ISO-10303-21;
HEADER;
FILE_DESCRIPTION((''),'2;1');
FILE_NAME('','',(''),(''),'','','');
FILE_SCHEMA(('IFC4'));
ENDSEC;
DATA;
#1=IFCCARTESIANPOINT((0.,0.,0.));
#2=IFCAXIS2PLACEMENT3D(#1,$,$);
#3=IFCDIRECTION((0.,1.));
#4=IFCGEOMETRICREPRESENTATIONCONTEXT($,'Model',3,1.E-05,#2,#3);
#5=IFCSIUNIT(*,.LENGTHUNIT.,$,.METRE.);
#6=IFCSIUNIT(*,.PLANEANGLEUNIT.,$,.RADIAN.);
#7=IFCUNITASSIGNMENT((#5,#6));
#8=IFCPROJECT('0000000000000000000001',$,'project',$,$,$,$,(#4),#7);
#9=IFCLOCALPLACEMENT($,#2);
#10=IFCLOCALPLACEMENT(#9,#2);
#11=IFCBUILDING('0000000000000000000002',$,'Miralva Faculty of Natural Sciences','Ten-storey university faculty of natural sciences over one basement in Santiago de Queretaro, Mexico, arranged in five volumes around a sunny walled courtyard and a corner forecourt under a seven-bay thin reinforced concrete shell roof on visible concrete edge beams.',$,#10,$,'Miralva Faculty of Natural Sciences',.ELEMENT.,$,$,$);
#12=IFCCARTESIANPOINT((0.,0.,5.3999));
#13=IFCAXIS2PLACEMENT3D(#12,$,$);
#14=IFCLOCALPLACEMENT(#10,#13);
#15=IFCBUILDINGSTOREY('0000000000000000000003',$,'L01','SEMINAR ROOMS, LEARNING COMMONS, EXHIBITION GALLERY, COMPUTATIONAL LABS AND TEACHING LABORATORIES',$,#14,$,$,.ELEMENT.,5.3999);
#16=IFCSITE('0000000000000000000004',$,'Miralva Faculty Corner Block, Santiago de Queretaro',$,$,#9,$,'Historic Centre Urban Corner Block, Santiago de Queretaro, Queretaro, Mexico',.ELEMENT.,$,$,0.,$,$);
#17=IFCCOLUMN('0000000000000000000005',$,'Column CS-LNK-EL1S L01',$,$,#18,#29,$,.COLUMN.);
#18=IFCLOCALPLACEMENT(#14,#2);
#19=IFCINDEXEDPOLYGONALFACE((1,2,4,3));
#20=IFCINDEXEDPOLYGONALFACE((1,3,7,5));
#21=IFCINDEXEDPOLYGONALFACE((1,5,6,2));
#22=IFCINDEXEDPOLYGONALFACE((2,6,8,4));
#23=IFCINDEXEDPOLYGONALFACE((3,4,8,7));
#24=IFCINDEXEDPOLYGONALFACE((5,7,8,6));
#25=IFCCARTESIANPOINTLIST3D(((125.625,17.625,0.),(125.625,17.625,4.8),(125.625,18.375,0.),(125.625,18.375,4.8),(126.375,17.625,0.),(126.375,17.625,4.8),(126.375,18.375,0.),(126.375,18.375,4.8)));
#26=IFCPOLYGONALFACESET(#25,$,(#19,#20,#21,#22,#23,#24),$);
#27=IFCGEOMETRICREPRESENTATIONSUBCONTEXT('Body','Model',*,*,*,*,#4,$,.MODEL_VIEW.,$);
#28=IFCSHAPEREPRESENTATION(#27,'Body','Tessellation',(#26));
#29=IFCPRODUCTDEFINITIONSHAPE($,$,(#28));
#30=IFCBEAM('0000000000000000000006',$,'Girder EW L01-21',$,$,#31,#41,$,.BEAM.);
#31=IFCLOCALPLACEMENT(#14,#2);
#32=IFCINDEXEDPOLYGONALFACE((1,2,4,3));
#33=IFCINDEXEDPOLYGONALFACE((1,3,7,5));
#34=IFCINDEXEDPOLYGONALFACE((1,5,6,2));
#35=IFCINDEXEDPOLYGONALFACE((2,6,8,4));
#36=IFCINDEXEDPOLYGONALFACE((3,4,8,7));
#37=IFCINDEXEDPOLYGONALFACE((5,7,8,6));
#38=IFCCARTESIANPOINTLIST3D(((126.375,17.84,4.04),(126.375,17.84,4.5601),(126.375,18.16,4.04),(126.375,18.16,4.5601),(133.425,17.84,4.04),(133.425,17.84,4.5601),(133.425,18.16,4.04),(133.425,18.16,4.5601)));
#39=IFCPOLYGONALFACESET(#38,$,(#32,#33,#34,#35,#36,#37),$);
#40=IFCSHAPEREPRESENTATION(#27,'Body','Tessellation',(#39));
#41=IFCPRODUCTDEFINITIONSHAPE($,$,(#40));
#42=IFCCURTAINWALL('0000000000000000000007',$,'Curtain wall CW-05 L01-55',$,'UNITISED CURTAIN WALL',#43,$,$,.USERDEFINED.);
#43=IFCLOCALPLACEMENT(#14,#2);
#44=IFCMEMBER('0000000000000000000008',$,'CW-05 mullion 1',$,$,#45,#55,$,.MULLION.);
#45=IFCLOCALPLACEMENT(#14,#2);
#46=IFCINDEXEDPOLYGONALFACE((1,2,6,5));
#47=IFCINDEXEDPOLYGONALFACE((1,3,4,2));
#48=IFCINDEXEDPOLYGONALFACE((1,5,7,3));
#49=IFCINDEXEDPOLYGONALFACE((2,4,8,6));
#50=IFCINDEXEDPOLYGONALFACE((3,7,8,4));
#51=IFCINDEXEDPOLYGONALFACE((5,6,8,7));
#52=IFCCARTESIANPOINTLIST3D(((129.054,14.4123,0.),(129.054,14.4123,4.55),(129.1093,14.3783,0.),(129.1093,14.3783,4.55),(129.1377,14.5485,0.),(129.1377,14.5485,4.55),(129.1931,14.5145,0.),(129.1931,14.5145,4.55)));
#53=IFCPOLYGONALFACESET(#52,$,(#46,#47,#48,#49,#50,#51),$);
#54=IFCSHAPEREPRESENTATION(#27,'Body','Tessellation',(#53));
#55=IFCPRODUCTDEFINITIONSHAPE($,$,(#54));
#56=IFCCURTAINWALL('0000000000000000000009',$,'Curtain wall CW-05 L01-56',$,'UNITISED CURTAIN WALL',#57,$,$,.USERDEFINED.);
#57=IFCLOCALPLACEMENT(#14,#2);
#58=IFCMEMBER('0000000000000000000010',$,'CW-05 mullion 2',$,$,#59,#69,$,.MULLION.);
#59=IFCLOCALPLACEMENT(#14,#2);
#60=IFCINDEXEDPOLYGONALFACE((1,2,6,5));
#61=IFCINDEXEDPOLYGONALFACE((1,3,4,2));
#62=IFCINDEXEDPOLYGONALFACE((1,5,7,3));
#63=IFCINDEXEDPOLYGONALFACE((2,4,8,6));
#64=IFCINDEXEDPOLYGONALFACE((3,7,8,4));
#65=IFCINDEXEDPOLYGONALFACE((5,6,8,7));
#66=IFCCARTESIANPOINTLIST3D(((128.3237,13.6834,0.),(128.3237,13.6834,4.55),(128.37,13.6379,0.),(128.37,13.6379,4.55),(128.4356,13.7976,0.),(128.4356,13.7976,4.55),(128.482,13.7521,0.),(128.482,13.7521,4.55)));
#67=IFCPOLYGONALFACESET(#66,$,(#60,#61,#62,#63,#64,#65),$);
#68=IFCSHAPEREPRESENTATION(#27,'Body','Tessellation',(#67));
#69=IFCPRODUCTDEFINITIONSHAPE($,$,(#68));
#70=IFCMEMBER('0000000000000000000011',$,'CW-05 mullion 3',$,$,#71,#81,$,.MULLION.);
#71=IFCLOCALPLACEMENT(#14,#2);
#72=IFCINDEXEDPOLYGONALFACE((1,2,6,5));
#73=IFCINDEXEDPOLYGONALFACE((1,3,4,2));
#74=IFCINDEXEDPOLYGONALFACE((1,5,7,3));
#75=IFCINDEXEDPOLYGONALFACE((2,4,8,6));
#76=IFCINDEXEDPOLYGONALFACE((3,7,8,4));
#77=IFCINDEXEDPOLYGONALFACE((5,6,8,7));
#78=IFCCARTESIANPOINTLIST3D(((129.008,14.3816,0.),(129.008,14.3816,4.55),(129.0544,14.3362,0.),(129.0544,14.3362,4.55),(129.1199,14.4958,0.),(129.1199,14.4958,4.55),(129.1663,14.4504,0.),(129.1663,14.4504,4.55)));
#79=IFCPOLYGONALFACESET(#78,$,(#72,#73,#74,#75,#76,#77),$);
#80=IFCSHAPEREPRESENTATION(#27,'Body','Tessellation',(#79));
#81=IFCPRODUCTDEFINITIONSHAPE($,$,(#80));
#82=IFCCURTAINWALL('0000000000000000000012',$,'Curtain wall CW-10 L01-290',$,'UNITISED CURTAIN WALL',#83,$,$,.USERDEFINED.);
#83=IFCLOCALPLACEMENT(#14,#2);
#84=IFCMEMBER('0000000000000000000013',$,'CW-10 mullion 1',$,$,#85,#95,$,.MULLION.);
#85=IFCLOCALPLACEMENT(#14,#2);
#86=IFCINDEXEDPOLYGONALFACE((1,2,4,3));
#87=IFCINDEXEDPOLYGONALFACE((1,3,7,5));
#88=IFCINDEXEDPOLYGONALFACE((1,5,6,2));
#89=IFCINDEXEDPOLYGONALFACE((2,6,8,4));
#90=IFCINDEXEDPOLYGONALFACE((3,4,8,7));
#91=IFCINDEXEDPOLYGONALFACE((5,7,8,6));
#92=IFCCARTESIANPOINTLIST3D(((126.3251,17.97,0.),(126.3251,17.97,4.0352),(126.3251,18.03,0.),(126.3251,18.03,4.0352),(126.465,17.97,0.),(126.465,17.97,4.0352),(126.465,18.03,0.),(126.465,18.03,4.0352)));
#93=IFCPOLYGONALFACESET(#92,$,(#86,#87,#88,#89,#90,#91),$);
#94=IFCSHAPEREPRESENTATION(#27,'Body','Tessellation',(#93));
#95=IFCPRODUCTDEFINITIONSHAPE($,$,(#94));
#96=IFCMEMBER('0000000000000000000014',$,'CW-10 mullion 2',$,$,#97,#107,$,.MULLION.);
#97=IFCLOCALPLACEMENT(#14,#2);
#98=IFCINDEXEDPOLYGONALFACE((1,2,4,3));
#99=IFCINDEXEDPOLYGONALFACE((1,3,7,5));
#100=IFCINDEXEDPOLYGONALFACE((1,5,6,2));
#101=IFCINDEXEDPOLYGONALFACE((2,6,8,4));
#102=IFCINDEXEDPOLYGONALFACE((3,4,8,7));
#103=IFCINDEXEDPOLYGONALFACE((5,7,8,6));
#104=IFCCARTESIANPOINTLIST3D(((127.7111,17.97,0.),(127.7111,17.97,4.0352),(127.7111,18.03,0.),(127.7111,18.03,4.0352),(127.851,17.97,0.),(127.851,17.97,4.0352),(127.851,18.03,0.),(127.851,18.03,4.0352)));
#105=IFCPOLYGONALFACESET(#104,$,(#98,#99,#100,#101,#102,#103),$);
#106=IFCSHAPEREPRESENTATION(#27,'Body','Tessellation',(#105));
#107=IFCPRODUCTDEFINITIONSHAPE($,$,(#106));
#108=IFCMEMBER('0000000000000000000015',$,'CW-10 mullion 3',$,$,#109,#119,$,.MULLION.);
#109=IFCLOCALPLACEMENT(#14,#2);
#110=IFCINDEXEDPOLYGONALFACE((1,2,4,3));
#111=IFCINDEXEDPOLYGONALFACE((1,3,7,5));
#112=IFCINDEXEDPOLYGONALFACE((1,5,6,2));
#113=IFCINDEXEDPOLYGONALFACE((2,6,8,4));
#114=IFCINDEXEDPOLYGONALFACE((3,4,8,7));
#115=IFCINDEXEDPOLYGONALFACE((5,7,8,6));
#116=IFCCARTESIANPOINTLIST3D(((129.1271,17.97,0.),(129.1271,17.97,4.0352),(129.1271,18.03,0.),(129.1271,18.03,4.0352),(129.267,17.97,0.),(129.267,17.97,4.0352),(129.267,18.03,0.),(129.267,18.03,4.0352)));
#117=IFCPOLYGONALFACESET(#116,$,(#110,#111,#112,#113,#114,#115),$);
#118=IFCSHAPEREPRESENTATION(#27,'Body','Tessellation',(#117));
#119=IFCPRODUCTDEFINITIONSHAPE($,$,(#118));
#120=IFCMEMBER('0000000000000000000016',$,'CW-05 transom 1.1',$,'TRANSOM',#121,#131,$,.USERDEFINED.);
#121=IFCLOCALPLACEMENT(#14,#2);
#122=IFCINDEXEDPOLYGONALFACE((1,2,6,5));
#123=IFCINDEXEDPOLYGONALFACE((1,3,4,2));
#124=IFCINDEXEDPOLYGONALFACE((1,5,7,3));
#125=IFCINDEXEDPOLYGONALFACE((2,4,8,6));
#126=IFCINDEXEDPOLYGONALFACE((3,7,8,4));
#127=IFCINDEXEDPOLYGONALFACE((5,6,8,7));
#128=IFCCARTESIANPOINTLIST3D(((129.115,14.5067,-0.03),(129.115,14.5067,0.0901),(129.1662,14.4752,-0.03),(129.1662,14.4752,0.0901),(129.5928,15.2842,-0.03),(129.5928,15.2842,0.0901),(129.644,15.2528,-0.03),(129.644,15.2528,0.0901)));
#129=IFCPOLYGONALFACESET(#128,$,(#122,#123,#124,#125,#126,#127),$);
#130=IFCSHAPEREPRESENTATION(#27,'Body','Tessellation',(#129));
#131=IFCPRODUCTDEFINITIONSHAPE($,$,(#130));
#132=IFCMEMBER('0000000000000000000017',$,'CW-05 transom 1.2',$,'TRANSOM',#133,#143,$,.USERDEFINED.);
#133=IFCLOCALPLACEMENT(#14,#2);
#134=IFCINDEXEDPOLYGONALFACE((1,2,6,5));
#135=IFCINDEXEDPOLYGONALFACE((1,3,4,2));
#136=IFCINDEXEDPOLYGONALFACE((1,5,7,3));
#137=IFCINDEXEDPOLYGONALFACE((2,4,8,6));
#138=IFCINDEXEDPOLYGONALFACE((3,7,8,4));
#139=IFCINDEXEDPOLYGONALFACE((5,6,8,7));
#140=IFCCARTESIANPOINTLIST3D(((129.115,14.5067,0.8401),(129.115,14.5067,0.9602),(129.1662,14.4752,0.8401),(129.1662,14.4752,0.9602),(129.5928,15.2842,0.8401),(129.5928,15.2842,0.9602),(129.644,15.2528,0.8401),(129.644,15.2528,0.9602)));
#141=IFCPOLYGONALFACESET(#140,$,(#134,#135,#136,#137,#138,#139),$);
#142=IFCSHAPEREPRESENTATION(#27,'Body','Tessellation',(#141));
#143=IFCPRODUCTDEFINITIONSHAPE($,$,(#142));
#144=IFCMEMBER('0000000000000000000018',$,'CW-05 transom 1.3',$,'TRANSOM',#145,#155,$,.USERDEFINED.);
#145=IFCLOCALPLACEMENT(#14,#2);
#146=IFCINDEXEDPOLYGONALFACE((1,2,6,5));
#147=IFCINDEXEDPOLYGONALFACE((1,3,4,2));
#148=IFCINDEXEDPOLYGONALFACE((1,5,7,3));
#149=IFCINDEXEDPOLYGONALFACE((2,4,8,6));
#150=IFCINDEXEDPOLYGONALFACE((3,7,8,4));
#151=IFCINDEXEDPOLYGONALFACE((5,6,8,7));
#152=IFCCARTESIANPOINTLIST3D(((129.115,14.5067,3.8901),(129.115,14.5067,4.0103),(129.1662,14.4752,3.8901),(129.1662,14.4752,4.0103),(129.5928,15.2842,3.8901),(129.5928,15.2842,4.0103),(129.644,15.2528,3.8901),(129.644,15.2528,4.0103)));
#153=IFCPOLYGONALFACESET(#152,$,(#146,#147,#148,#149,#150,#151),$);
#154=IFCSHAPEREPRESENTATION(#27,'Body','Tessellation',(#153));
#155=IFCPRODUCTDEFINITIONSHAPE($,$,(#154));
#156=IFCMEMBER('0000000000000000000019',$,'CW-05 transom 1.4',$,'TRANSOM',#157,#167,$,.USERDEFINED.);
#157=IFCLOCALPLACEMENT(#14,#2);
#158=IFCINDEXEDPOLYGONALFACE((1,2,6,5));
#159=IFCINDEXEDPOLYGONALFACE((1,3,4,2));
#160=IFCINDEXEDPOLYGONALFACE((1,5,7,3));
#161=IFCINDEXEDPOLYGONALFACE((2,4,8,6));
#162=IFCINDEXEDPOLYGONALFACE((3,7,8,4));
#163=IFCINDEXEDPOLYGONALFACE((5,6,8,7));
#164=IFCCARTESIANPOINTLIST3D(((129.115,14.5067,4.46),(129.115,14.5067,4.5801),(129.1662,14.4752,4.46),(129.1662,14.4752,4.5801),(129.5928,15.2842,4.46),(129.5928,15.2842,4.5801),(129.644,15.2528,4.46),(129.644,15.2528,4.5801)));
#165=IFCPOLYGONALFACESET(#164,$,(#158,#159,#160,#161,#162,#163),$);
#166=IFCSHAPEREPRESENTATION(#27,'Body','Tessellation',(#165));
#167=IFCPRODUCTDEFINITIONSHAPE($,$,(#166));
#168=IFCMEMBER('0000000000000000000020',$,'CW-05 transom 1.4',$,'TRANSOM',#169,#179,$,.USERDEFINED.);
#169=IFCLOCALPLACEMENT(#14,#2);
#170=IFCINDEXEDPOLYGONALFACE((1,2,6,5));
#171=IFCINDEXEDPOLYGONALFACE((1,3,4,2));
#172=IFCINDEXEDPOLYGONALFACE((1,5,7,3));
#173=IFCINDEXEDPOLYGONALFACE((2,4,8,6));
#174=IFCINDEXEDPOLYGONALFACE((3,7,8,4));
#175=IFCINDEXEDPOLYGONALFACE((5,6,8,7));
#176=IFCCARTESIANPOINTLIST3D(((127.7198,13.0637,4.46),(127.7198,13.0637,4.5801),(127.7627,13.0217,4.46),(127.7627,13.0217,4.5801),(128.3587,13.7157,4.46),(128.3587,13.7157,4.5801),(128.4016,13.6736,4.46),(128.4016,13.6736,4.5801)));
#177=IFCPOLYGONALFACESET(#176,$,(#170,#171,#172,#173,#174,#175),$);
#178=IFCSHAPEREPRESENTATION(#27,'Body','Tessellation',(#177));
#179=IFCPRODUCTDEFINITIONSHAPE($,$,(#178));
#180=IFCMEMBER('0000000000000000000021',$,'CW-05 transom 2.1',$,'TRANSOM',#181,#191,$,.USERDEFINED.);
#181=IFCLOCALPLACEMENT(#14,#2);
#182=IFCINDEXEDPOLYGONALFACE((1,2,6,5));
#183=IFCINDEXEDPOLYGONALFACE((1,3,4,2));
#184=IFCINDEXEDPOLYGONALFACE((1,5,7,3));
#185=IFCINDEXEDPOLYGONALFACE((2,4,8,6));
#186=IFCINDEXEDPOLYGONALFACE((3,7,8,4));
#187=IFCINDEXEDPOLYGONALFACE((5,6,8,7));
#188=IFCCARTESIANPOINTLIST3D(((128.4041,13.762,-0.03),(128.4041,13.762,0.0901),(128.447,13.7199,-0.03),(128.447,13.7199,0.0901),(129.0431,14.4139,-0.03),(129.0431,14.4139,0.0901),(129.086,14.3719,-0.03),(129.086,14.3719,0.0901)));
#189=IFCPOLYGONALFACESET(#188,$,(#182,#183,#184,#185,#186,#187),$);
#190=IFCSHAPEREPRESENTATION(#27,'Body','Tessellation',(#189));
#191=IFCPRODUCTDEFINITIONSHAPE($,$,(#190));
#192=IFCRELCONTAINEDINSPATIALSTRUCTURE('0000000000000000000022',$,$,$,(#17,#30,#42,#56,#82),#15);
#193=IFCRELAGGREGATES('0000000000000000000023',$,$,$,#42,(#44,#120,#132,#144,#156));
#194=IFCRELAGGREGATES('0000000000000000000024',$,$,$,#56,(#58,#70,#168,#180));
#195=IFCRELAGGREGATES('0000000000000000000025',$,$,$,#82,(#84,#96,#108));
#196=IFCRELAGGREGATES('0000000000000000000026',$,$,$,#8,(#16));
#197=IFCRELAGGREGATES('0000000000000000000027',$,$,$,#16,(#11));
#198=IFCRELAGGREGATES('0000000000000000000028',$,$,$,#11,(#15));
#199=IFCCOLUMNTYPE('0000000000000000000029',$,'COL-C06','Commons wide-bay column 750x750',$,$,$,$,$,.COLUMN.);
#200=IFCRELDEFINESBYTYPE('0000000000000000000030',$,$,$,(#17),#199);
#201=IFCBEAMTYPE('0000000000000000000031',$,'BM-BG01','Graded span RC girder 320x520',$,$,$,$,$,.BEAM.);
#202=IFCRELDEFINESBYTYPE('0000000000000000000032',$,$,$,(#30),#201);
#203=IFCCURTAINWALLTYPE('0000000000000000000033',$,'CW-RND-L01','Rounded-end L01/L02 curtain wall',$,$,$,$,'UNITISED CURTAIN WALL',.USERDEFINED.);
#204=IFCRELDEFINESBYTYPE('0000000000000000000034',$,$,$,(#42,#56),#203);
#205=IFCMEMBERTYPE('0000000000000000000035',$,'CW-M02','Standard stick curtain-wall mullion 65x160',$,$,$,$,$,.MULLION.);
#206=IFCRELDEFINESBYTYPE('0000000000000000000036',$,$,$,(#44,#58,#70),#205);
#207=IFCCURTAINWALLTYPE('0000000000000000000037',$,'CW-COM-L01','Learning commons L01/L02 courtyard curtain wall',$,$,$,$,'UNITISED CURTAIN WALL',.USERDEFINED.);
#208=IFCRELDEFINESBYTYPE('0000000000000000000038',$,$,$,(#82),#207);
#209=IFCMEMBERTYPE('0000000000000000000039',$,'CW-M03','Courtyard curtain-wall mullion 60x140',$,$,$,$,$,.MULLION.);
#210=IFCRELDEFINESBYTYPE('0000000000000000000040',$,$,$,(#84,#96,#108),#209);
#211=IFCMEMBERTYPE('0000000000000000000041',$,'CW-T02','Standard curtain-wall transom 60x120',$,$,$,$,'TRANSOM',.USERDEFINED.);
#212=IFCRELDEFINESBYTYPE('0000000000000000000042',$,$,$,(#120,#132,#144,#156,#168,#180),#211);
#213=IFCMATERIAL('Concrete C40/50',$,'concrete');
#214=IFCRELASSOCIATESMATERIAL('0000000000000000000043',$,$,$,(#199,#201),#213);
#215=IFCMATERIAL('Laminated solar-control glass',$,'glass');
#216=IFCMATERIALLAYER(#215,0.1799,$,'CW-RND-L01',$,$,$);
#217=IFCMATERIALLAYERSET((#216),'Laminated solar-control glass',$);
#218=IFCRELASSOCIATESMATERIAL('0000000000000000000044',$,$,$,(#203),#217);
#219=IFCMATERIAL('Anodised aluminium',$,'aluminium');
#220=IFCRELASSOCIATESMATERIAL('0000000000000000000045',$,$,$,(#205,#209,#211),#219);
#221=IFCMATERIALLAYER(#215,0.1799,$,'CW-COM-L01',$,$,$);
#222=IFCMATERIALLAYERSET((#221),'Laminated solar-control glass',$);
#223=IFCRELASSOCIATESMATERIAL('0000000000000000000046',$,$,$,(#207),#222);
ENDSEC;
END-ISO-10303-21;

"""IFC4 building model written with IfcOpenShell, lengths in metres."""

from ifc_helpers import new_model, si_unit, direction, frame, origin, origin_2d, place, context, subcontext, project, spatial, rectangle, extrude, material, layer, layer_set, material_profile, profile_set, type_object, element, aggregate, save


model = new_model("IFC4")

# Units and contexts
model_context = context("Model", 3, precision=1e-05, world=origin(), true_north=direction((0.0, 1.0)))
body_context = subcontext(model_context, "Body", "Model", "MODEL_VIEW")
ifc_project = project(units=[si_unit("LENGTHUNIT", "METRE"), si_unit("PLANEANGLEUNIT", "RADIAN")], contexts=[model_context])

# Site, building, storey
site_placement = place(None, origin())
site = spatial("IfcSite", under=ifc_project, at=site_placement, Name="Miralva Faculty Corner Block, Santiago de Queretaro", LongName="Historic Centre Urban Corner Block, Santiago de Queretaro, Queretaro, Mexico", CompositionType="ELEMENT", RefElevation=0.0)
building_placement = place(site_placement, origin())
building = spatial("IfcBuilding", under=site, at=building_placement, Name="Miralva Faculty of Natural Sciences", Description="Ten-storey university faculty of natural sciences over one basement in Santiago de Queretaro, Mexico, arranged in five volumes around a sunny walled courtyard and a corner forecourt under a seven-bay thin reinforced concrete shell roof on visible concrete edge beams.", LongName="Miralva Faculty of Natural Sciences", CompositionType="ELEMENT")
storey_placement = place(building_placement, frame((0.0, 0.0, 5.3999)))
storey = spatial("IfcBuildingStorey", under=building, at=storey_placement, Name="L01", Description="SEMINAR ROOMS, LEARNING COMMONS, EXHIBITION GALLERY, COMPUTATIONAL LABS AND TEACHING LABORATORIES", CompositionType="ELEMENT", Elevation=5.3999)

# Column
ifc_material_1 = material(Name="Concrete C40/50", Category="concrete")
ifc_material_profile_1 = material_profile(ifc_material_1, rectangle(XDim=0.75, YDim=0.75, at=origin_2d()), Name="RC 750x750")
ifc_profile_set_1 = profile_set([ifc_material_profile_1], Name="Concrete C40/50")
column_type = type_object("IfcColumnType", Name="COL-C06", Description="Commons wide-bay column 750x750", PredefinedType="COLUMN", material=ifc_profile_set_1)
column_placement = place(storey_placement, frame((126.0, 18.0, 0.0), z_axis=(0.0, 0.0, 1.0), x_axis=(1.0, 0.0, 0.0)))
element("IfcColumn", 1, at=column_placement, inside=storey, type_object=column_type, Name="Column CS-LNK-EL1S L01", PredefinedType="COLUMN", context=body_context, shape_type="SweptSolid", body=[
    extrude(rectangle(XDim=0.75, YDim=0.75, at=origin_2d()), origin(), (0.0, 0.0, 1.0), 4.8),
])

# Beam
ifc_material_profile_2 = material_profile(ifc_material_1, rectangle(XDim=0.3201, YDim=0.52, at=origin_2d()), Name="RC 320x520")
ifc_profile_set_2 = profile_set([ifc_material_profile_2], Name="Concrete C40/50")
beam_type = type_object("IfcBeamType", Name="BM-BG01", Description="Graded span RC girder 320x520", PredefinedType="BEAM", material=ifc_profile_set_2)
beam_placement = place(storey_placement, frame((126.375, 18.0, 4.3), z_axis=(1.0, 0.0, 0.0), x_axis=(0.0, 1.0, 0.0)))
element("IfcBeam", 2, at=beam_placement, inside=storey, type_object=beam_type, Name="Girder EW L01-21", PredefinedType="BEAM", context=body_context, shape_type="SweptSolid", body=[
    extrude(rectangle(XDim=0.3201, YDim=0.52, at=origin_2d()), origin(), (0.0, 0.0, 1.0), 7.05),
])

# Curtain wall, member
ifc_material_2 = material(Name="Laminated solar-control glass", Category="glass")
ifc_layer_1 = layer(ifc_material_2, 0.1799, Name="CW-RND-L01")
ifc_layer_set_1 = layer_set([ifc_layer_1], Name="Laminated solar-control glass")
curtain_wall_type_1 = type_object("IfcCurtainWallType", Name="CW-RND-L01", Description="Rounded-end L01/L02 curtain wall", ElementType="UNITISED CURTAIN WALL", PredefinedType="USERDEFINED", material=ifc_layer_set_1)
curtain_wall_1_placement = place(storey_placement, origin())
curtain_wall_1 = element("IfcCurtainWall", 3, at=curtain_wall_1_placement, inside=storey, type_object=curtain_wall_type_1, Name="Curtain wall CW-05 L01-55", ObjectType="UNITISED CURTAIN WALL", PredefinedType="USERDEFINED")
ifc_material_3 = material(Name="Anodised aluminium", Category="aluminium")
ifc_material_profile_3 = material_profile(ifc_material_3, rectangle(XDim=0.0649, YDim=0.1599, at=origin_2d()), Name="MULLION 65x160")
ifc_profile_set_3 = profile_set([ifc_material_profile_3], Name="Anodised aluminium")
member_type_1 = type_object("IfcMemberType", Name="CW-M02", Description="Standard stick curtain-wall mullion 65x160", PredefinedType="MULLION", material=ifc_profile_set_3)
member_1_placement = place(storey_placement, frame((129.1235, 14.4634, 0.0), z_axis=(0.0, 0.0, 1.0), x_axis=(-0.851995, 0.523551, 0.0)))
member_1 = element("IfcMember", 4, at=member_1_placement, type_object=member_type_1, Name="CW-05 mullion 1", PredefinedType="MULLION", context=body_context, shape_type="SweptSolid", body=[
    extrude(rectangle(XDim=0.0649, YDim=0.1599, at=origin_2d()), origin(), (0.0, 0.0, 1.0), 4.55),
])

# Curtain walls, members
curtain_wall_2_placement = place(storey_placement, origin())
curtain_wall_2 = element("IfcCurtainWall", 5, at=curtain_wall_2_placement, inside=storey, type_object=curtain_wall_type_1, Name="Curtain wall CW-05 L01-56", ObjectType="UNITISED CURTAIN WALL", PredefinedType="USERDEFINED")
member_2_placement = place(storey_placement, frame((128.4028, 13.7178, 0.0), z_axis=(0.0, 0.0, 1.0), x_axis=(-0.714125, 0.700018, 0.0)))
member_2 = element("IfcMember", 6, at=member_2_placement, type_object=member_type_1, Name="CW-05 mullion 2", PredefinedType="MULLION", context=body_context, shape_type="SweptSolid", body=[
    extrude(rectangle(XDim=0.0649, YDim=0.1599, at=origin_2d()), origin(), (0.0, 0.0, 1.0), 4.55),
])
member_3_placement = place(storey_placement, frame((129.0872, 14.416, 0.0), z_axis=(0.0, 0.0, 1.0), x_axis=(-0.714125, 0.700018, 0.0)))
member_3 = element("IfcMember", 7, at=member_3_placement, type_object=member_type_1, Name="CW-05 mullion 3", PredefinedType="MULLION", context=body_context, shape_type="SweptSolid", body=[
    extrude(rectangle(XDim=0.0649, YDim=0.1599, at=origin_2d()), origin(), (0.0, 0.0, 1.0), 4.55),
])
ifc_layer_2 = layer(ifc_material_2, 0.1799, Name="CW-COM-L01")
ifc_layer_set_2 = layer_set([ifc_layer_2], Name="Laminated solar-control glass")
curtain_wall_type_2 = type_object("IfcCurtainWallType", Name="CW-COM-L01", Description="Learning commons L01/L02 courtyard curtain wall", ElementType="UNITISED CURTAIN WALL", PredefinedType="USERDEFINED", material=ifc_layer_set_2)
curtain_wall_3_placement = place(storey_placement, origin())
curtain_wall_3 = element("IfcCurtainWall", 8, at=curtain_wall_3_placement, inside=storey, type_object=curtain_wall_type_2, Name="Curtain wall CW-10 L01-290", ObjectType="UNITISED CURTAIN WALL", PredefinedType="USERDEFINED")
ifc_material_profile_4 = material_profile(ifc_material_3, rectangle(XDim=0.0601, YDim=0.1399, at=origin_2d()), Name="MULLION 60x140")
ifc_profile_set_4 = profile_set([ifc_material_profile_4], Name="Anodised aluminium")
member_type_2 = type_object("IfcMemberType", Name="CW-M03", Description="Courtyard curtain-wall mullion 60x140", PredefinedType="MULLION", material=ifc_profile_set_4)
member_4_placement = place(storey_placement, frame((126.395, 18.0, 0.0), z_axis=(0.0, 0.0, 1.0), x_axis=(0.0, 1.0, 0.0)))
member_4 = element("IfcMember", 9, at=member_4_placement, type_object=member_type_2, Name="CW-10 mullion 1", PredefinedType="MULLION", context=body_context, shape_type="SweptSolid", body=[
    extrude(rectangle(XDim=0.0601, YDim=0.1399, at=origin_2d()), origin(), (0.0, 0.0, 1.0), 4.0352),
])
member_5_placement = place(storey_placement, frame((127.781, 18.0, 0.0), z_axis=(0.0, 0.0, 1.0), x_axis=(0.0, 1.0, 0.0)))
member_5 = element("IfcMember", 10, at=member_5_placement, type_object=member_type_2, Name="CW-10 mullion 2", PredefinedType="MULLION", context=body_context, shape_type="SweptSolid", body=[
    extrude(rectangle(XDim=0.0601, YDim=0.1399, at=origin_2d()), origin(), (0.0, 0.0, 1.0), 4.0352),
])
member_6_placement = place(storey_placement, frame((129.197, 18.0, 0.0), z_axis=(0.0, 0.0, 1.0), x_axis=(0.0, 1.0, 0.0)))
member_6 = element("IfcMember", 11, at=member_6_placement, type_object=member_type_2, Name="CW-10 mullion 3", PredefinedType="MULLION", context=body_context, shape_type="SweptSolid", body=[
    extrude(rectangle(XDim=0.0601, YDim=0.1399, at=origin_2d()), origin(), (0.0, 0.0, 1.0), 4.0352),
])

# Members
ifc_material_profile_5 = material_profile(ifc_material_3, rectangle(XDim=0.0601, YDim=0.1201, at=origin_2d()), Name="TRANSOM 60x120")
ifc_profile_set_5 = profile_set([ifc_material_profile_5], Name="Anodised aluminium")
member_type_3 = type_object("IfcMemberType", Name="CW-T02", Description="Standard curtain-wall transom 60x120", ElementType="TRANSOM", PredefinedType="USERDEFINED", material=ifc_profile_set_5)
member_7_placement = place(storey_placement, frame((129.1406, 14.491, 0.03), z_axis=(0.523515, 0.852016, 0.0), x_axis=(-0.852016, 0.523515, 0.0)))
member_7 = element("IfcMember", 12, at=member_7_placement, type_object=member_type_3, Name="CW-05 transom 1.1", ObjectType="TRANSOM", PredefinedType="USERDEFINED", context=body_context, shape_type="SweptSolid", body=[
    extrude(rectangle(XDim=0.0601, YDim=0.1201, at=origin_2d()), origin(), (0.0, 0.0, 1.0), 0.9126),
])
member_8_placement = place(storey_placement, frame((129.1406, 14.491, 0.9001), z_axis=(0.523515, 0.852016, 0.0), x_axis=(-0.852016, 0.523515, 0.0)))
member_8 = element("IfcMember", 13, at=member_8_placement, type_object=member_type_3, Name="CW-05 transom 1.2", ObjectType="TRANSOM", PredefinedType="USERDEFINED", context=body_context, shape_type="SweptSolid", body=[
    extrude(rectangle(XDim=0.0601, YDim=0.1201, at=origin_2d()), origin(), (0.0, 0.0, 1.0), 0.9126),
])
member_9_placement = place(storey_placement, frame((129.1406, 14.491, 3.9502), z_axis=(0.523515, 0.852016, 0.0), x_axis=(-0.852016, 0.523515, 0.0)))
member_9 = element("IfcMember", 14, at=member_9_placement, type_object=member_type_3, Name="CW-05 transom 1.3", ObjectType="TRANSOM", PredefinedType="USERDEFINED", context=body_context, shape_type="SweptSolid", body=[
    extrude(rectangle(XDim=0.0601, YDim=0.1201, at=origin_2d()), origin(), (0.0, 0.0, 1.0), 0.9126),
])
member_10_placement = place(storey_placement, frame((129.1406, 14.491, 4.52), z_axis=(0.523515, 0.852016, 0.0), x_axis=(-0.852016, 0.523515, 0.0)))
member_10 = element("IfcMember", 15, at=member_10_placement, type_object=member_type_3, Name="CW-05 transom 1.4", ObjectType="TRANSOM", PredefinedType="USERDEFINED", context=body_context, shape_type="SweptSolid", body=[
    extrude(rectangle(XDim=0.0601, YDim=0.1201, at=origin_2d()), origin(), (0.0, 0.0, 1.0), 0.9126),
])
aggregate(curtain_wall_1, [member_1, member_7, member_8, member_9, member_10])
member_11_placement = place(storey_placement, frame((127.7412, 13.0427, 4.52), z_axis=(0.699983, 0.714159, 0.0), x_axis=(-0.714159, 0.699983, 0.0)))
member_11 = element("IfcMember", 16, at=member_11_placement, type_object=member_type_3, Name="CW-05 transom 1.4", ObjectType="TRANSOM", PredefinedType="USERDEFINED", context=body_context, shape_type="SweptSolid", body=[
    extrude(rectangle(XDim=0.0601, YDim=0.1201, at=origin_2d()), origin(), (0.0, 0.0, 1.0), 0.9128),
])
member_12_placement = place(storey_placement, frame((128.4255, 13.741, 0.03), z_axis=(0.699983, 0.714159, 0.0), x_axis=(-0.714159, 0.699983, 0.0)))
member_12 = element("IfcMember", 17, at=member_12_placement, type_object=member_type_3, Name="CW-05 transom 2.1", ObjectType="TRANSOM", PredefinedType="USERDEFINED", context=body_context, shape_type="SweptSolid", body=[
    extrude(rectangle(XDim=0.0601, YDim=0.1201, at=origin_2d()), origin(), (0.0, 0.0, 1.0), 0.9128),
])

aggregate(curtain_wall_2, [member_2, member_3, member_11, member_12])
aggregate(curtain_wall_3, [member_4, member_5, member_6])

save(model, "model.ifc")
